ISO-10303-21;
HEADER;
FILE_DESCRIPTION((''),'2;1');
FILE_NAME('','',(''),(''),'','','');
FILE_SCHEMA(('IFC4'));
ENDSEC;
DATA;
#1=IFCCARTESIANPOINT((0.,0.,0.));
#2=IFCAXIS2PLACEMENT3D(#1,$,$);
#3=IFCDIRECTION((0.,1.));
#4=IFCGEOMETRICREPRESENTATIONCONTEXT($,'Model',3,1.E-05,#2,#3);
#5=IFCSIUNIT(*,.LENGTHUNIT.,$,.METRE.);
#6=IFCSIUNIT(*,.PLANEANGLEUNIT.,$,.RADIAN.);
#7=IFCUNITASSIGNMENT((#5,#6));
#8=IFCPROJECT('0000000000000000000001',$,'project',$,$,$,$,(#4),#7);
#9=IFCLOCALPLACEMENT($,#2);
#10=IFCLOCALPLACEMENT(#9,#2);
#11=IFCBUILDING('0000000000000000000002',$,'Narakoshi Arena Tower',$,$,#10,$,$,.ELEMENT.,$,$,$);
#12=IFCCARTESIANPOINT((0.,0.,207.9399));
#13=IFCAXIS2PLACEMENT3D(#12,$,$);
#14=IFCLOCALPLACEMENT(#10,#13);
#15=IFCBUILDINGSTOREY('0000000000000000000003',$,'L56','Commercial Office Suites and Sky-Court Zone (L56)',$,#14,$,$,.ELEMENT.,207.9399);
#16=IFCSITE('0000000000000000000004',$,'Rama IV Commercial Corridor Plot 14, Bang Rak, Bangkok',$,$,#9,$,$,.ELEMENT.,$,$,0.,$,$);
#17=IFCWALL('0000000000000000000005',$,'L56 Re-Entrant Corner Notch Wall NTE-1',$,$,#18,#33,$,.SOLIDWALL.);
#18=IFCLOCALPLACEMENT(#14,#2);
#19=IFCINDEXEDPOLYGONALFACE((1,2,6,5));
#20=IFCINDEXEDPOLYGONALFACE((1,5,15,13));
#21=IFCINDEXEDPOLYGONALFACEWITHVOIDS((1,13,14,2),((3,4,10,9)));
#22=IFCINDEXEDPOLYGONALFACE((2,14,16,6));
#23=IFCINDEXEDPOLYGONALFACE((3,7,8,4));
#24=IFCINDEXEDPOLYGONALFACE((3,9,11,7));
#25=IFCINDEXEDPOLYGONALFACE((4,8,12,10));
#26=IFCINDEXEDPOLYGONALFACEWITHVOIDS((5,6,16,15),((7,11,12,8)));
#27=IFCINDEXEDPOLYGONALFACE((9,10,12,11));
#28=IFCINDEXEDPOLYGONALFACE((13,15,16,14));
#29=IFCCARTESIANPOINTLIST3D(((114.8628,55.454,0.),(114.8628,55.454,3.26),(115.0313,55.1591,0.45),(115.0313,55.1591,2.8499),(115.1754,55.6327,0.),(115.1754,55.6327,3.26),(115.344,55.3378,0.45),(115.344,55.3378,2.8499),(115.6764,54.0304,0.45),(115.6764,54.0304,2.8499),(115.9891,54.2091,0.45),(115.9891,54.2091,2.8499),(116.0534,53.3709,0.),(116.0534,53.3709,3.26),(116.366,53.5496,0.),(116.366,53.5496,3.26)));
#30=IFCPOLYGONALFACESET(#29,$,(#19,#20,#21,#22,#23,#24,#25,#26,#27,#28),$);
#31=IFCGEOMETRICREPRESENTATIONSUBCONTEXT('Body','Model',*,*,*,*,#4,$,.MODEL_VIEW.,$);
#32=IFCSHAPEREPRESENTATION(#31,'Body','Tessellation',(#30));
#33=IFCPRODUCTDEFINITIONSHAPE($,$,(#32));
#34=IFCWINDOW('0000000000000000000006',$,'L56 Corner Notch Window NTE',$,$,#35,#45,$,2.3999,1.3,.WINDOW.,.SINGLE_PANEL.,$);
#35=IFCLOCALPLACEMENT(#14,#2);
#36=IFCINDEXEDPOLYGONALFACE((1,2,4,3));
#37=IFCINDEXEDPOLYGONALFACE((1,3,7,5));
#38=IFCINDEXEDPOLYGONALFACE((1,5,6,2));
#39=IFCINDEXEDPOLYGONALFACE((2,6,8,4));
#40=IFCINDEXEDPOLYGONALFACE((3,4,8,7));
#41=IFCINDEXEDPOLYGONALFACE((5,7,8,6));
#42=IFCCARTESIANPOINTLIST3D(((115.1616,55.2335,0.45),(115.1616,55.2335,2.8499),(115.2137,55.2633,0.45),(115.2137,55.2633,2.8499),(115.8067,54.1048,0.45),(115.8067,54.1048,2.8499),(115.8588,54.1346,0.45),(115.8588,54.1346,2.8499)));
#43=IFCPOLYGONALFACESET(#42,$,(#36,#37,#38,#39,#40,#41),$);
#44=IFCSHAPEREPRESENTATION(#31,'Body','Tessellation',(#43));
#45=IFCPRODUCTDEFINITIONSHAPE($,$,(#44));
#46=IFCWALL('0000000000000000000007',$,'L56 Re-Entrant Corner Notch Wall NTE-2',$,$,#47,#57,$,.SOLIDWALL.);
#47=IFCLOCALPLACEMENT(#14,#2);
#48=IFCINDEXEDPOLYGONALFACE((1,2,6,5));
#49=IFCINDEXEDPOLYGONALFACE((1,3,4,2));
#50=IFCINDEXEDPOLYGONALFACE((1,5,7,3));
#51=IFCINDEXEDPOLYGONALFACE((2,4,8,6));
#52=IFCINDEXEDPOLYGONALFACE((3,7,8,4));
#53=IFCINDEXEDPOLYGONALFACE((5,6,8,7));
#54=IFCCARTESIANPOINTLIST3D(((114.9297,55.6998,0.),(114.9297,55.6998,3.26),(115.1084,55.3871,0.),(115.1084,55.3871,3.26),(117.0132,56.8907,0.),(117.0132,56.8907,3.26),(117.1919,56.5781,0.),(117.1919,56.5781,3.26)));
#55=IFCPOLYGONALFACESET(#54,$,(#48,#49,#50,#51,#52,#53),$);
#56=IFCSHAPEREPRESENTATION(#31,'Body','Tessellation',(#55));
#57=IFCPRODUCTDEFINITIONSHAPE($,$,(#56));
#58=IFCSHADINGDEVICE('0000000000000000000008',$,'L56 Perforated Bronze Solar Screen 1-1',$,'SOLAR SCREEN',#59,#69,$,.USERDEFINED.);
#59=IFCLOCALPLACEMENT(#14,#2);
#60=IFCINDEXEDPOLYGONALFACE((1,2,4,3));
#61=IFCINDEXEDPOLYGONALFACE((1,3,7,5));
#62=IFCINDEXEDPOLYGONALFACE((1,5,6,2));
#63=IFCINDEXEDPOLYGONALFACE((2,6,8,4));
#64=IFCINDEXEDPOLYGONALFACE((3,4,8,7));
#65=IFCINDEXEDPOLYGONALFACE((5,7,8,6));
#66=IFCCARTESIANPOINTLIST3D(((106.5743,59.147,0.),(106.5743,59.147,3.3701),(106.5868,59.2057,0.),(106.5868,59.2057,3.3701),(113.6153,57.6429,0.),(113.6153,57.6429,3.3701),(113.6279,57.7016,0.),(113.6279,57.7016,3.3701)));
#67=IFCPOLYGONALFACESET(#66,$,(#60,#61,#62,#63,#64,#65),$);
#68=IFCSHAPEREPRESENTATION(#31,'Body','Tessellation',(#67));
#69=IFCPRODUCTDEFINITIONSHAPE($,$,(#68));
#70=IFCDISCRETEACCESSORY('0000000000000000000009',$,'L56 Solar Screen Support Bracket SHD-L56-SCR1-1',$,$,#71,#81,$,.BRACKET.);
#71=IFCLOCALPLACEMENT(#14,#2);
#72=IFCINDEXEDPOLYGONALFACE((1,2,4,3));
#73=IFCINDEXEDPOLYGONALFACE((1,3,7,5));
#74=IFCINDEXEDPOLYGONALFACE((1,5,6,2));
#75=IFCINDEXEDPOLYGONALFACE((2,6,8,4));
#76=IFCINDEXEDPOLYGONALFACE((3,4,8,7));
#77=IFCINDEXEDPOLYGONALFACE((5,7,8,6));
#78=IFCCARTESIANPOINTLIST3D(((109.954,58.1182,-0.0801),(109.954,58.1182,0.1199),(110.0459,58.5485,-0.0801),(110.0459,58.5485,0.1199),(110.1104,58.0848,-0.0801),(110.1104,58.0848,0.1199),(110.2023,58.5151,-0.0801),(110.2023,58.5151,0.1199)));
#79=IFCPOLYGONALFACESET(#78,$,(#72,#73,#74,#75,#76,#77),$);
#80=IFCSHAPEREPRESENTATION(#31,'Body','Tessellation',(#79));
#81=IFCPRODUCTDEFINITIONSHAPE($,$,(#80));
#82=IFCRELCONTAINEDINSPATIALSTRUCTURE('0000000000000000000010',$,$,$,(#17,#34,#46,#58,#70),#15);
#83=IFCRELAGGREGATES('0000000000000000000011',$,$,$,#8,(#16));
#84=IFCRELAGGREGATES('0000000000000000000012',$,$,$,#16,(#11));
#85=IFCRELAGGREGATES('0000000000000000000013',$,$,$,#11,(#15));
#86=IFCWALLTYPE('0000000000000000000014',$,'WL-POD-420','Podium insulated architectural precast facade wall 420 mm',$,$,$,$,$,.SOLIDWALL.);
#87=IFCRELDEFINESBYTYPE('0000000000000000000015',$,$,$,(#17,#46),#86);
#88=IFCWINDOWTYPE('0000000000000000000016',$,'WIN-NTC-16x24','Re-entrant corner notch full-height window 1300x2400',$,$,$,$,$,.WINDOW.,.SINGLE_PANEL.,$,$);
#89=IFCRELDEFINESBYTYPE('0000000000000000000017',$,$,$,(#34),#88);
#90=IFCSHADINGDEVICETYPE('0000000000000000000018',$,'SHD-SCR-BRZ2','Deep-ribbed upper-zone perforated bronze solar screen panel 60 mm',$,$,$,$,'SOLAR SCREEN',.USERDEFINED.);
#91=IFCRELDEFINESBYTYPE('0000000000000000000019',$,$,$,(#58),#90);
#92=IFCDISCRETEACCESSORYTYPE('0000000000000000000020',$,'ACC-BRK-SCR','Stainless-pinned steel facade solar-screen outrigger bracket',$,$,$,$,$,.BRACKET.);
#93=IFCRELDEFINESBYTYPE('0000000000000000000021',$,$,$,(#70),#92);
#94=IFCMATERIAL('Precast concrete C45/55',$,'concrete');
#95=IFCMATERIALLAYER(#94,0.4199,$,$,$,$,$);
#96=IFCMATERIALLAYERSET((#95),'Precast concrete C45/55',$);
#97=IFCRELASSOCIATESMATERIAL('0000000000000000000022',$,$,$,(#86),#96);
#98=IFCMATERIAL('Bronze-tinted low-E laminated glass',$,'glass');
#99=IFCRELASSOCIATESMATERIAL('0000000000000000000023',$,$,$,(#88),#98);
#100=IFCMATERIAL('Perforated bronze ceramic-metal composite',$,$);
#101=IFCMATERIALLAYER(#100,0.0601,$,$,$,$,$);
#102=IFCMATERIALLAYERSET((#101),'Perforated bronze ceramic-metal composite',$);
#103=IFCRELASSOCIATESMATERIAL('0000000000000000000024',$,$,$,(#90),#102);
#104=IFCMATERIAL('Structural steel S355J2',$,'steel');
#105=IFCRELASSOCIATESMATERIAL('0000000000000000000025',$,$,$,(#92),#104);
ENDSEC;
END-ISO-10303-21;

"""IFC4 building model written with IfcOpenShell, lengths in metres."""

from ifc_helpers import new_model, si_unit, direction, frame, frame_2d, origin, origin_2d, place, context, subcontext, project, spatial, rectangle, extrude, material, layer, layer_set, type_object, element, fill, save


model = new_model("IFC4")

# Units and contexts
model_context = context("Model", 3, precision=1e-05, world=origin(), true_north=direction((0.0, 1.0)))
body_context = subcontext(model_context, "Body", "Model", "MODEL_VIEW")
ifc_project = project(units=[si_unit("LENGTHUNIT", "METRE"), si_unit("PLANEANGLEUNIT", "RADIAN")], contexts=[model_context])

# Site, building, storey
site_placement = place(None, origin())
site = spatial("IfcSite", under=ifc_project, at=site_placement, Name="Rama IV Commercial Corridor Plot 14, Bang Rak, Bangkok", CompositionType="ELEMENT", RefElevation=0.0)
building_placement = place(site_placement, origin())
building = spatial("IfcBuilding", under=site, at=building_placement, Name="Narakoshi Arena Tower", CompositionType="ELEMENT")
storey_placement = place(building_placement, frame((0.0, 0.0, 207.9399)))
storey = spatial("IfcBuildingStorey", under=building, at=storey_placement, Name="L56", Description="Commercial Office Suites and Sky-Court Zone (L56)", CompositionType="ELEMENT", Elevation=207.9399)

# Shared definitions
ifc_material_1 = material(Name="Structural steel S355J2", Category="steel")

# Shared definitions
ifc_material_2 = material(Name="Bronze-tinted low-E laminated glass", Category="glass")

# Shared definitions
ifc_material_3 = material(Name="Precast concrete C45/55", Category="concrete")

# Wall, opening, window
ifc_layer_1 = layer(ifc_material_3, 0.4199)
ifc_layer_set_1 = layer_set([ifc_layer_1], Name="Precast concrete C45/55")
wall_type_1 = type_object("IfcWallType", Name="WL-POD-420", Description="Podium insulated architectural precast facade wall 420 mm", PredefinedType="SOLIDWALL", material=ifc_layer_set_1)
wall_1_placement = place(storey_placement, frame((116.2097, 53.4602, 0.0), z_axis=(0.0, 0.0, 1.0), x_axis=(-0.496216, 0.868199, 0.0)))
wall_1 = element("IfcWall", 1, at=wall_1_placement, inside=storey, type_object=wall_type_1, Name="L56 Re-Entrant Corner Notch Wall NTE-1", PredefinedType="SOLIDWALL", context=body_context, shape_type="SweptSolid", body=[
    extrude(rectangle(XDim=2.3994, YDim=0.3601, at=frame_2d((1.1997, 0.0))), origin(), (0.0, 0.0, 1.0), 3.26),
])
opening_1_placement = place(wall_1_placement, frame((0.7598, 0.0, 0.45)))
opening_1 = element("IfcOpeningElement", 2, at=opening_1_placement, cuts=wall_1, PredefinedType="OPENING", context=body_context, shape_type="SweptSolid", body=[
    extrude(rectangle(XDim=1.3, YDim=2.3999, at=frame_2d((0.6499, 1.2))), frame((0.0, 0.1899, 0.0), z_axis=(0.0, -1.0, 0.0), x_axis=(1.0, 0.0, 0.0)), (0.0, 0.0, 1.0), 0.3801),
])
window_type_1 = type_object("IfcWindowType", Name="WIN-NTC-16x24", Description="Re-entrant corner notch full-height window 1300x2400", PartitioningType="SINGLE_PANEL", PredefinedType="WINDOW", material=ifc_material_2)
window_1_placement = place(opening_1_placement, origin())
window_1 = element("IfcWindow", 3, at=window_1_placement, inside=storey, type_object=window_type_1, Name="L56 Corner Notch Window NTE", OverallHeight=2.3999, OverallWidth=1.3, PartitioningType="SINGLE_PANEL", PredefinedType="WINDOW", context=body_context, shape_type="SweptSolid", body=[
    extrude(rectangle(XDim=1.3, YDim=2.3999, at=frame_2d((0.6499, 1.2))), frame((0.0, 0.03, 0.0), z_axis=(0.0, -1.0, 0.0), x_axis=(1.0, 0.0, 0.0)), (0.0, 0.0, 1.0), 0.0601),
])
fill(opening_1, window_1)

# Wall
wall_2_placement = place(storey_placement, frame((115.019, 55.5435, 0.0), z_axis=(0.0, 0.0, 1.0), x_axis=(0.868181, 0.496248, 0.0)))
element("IfcWall", 4, at=wall_2_placement, inside=storey, type_object=wall_type_1, Name="L56 Re-Entrant Corner Notch Wall NTE-2", PredefinedType="SOLIDWALL", context=body_context, shape_type="SweptSolid", body=[
    extrude(rectangle(XDim=2.3999, YDim=0.3601, at=frame_2d((1.2, 0.0))), origin(), (0.0, 0.0, 1.0), 3.26),
])

# Shading device
ifc_material_4 = material(Name="Perforated bronze ceramic-metal composite")
ifc_layer_2 = layer(ifc_material_4, 0.0601)
ifc_layer_set_2 = layer_set([ifc_layer_2], Name="Perforated bronze ceramic-metal composite")
shading_device_type = type_object("IfcShadingDeviceType", Name="SHD-SCR-BRZ2", Description="Deep-ribbed upper-zone perforated bronze solar screen panel 60 mm", ElementType="SOLAR SCREEN", PredefinedType="USERDEFINED", material=ifc_layer_set_2)
shading_device_placement = place(storey_placement, frame((110.1011, 58.4243, 0.0), z_axis=(0.0, 0.0, 1.0), x_axis=(-0.977937, 0.208902, 0.0)))
element("IfcShadingDevice", 5, at=shading_device_placement, inside=storey, type_object=shading_device_type, Name="L56 Perforated Bronze Solar Screen 1-1", ObjectType="SOLAR SCREEN", PredefinedType="USERDEFINED", context=body_context, shape_type="SweptSolid", body=[
    extrude(rectangle(XDim=7.2, YDim=0.0601, at=origin_2d()), origin(), (0.0, 0.0, 1.0), 3.3701),
])

# Discrete accessory
discrete_accessory_type = type_object("IfcDiscreteAccessoryType", Name="ACC-BRK-SCR", Description="Stainless-pinned steel facade solar-screen outrigger bracket", PredefinedType="BRACKET", material=ifc_material_1)
discrete_accessory_placement = place(storey_placement, frame((110.0781, 58.3167, -0.0801), z_axis=(0.0, 0.0, 1.0), x_axis=(-0.977937, 0.208902, 0.0)))
element("IfcDiscreteAccessory", 6, at=discrete_accessory_placement, inside=storey, type_object=discrete_accessory_type, Name="L56 Solar Screen Support Bracket SHD-L56-SCR1-1", PredefinedType="BRACKET", context=body_context, shape_type="SweptSolid", body=[
    extrude(rectangle(XDim=0.1599, YDim=0.4399, at=origin_2d()), origin(), (0.0, 0.0, 1.0), 0.2),
])

save(model, "model.ifc")
